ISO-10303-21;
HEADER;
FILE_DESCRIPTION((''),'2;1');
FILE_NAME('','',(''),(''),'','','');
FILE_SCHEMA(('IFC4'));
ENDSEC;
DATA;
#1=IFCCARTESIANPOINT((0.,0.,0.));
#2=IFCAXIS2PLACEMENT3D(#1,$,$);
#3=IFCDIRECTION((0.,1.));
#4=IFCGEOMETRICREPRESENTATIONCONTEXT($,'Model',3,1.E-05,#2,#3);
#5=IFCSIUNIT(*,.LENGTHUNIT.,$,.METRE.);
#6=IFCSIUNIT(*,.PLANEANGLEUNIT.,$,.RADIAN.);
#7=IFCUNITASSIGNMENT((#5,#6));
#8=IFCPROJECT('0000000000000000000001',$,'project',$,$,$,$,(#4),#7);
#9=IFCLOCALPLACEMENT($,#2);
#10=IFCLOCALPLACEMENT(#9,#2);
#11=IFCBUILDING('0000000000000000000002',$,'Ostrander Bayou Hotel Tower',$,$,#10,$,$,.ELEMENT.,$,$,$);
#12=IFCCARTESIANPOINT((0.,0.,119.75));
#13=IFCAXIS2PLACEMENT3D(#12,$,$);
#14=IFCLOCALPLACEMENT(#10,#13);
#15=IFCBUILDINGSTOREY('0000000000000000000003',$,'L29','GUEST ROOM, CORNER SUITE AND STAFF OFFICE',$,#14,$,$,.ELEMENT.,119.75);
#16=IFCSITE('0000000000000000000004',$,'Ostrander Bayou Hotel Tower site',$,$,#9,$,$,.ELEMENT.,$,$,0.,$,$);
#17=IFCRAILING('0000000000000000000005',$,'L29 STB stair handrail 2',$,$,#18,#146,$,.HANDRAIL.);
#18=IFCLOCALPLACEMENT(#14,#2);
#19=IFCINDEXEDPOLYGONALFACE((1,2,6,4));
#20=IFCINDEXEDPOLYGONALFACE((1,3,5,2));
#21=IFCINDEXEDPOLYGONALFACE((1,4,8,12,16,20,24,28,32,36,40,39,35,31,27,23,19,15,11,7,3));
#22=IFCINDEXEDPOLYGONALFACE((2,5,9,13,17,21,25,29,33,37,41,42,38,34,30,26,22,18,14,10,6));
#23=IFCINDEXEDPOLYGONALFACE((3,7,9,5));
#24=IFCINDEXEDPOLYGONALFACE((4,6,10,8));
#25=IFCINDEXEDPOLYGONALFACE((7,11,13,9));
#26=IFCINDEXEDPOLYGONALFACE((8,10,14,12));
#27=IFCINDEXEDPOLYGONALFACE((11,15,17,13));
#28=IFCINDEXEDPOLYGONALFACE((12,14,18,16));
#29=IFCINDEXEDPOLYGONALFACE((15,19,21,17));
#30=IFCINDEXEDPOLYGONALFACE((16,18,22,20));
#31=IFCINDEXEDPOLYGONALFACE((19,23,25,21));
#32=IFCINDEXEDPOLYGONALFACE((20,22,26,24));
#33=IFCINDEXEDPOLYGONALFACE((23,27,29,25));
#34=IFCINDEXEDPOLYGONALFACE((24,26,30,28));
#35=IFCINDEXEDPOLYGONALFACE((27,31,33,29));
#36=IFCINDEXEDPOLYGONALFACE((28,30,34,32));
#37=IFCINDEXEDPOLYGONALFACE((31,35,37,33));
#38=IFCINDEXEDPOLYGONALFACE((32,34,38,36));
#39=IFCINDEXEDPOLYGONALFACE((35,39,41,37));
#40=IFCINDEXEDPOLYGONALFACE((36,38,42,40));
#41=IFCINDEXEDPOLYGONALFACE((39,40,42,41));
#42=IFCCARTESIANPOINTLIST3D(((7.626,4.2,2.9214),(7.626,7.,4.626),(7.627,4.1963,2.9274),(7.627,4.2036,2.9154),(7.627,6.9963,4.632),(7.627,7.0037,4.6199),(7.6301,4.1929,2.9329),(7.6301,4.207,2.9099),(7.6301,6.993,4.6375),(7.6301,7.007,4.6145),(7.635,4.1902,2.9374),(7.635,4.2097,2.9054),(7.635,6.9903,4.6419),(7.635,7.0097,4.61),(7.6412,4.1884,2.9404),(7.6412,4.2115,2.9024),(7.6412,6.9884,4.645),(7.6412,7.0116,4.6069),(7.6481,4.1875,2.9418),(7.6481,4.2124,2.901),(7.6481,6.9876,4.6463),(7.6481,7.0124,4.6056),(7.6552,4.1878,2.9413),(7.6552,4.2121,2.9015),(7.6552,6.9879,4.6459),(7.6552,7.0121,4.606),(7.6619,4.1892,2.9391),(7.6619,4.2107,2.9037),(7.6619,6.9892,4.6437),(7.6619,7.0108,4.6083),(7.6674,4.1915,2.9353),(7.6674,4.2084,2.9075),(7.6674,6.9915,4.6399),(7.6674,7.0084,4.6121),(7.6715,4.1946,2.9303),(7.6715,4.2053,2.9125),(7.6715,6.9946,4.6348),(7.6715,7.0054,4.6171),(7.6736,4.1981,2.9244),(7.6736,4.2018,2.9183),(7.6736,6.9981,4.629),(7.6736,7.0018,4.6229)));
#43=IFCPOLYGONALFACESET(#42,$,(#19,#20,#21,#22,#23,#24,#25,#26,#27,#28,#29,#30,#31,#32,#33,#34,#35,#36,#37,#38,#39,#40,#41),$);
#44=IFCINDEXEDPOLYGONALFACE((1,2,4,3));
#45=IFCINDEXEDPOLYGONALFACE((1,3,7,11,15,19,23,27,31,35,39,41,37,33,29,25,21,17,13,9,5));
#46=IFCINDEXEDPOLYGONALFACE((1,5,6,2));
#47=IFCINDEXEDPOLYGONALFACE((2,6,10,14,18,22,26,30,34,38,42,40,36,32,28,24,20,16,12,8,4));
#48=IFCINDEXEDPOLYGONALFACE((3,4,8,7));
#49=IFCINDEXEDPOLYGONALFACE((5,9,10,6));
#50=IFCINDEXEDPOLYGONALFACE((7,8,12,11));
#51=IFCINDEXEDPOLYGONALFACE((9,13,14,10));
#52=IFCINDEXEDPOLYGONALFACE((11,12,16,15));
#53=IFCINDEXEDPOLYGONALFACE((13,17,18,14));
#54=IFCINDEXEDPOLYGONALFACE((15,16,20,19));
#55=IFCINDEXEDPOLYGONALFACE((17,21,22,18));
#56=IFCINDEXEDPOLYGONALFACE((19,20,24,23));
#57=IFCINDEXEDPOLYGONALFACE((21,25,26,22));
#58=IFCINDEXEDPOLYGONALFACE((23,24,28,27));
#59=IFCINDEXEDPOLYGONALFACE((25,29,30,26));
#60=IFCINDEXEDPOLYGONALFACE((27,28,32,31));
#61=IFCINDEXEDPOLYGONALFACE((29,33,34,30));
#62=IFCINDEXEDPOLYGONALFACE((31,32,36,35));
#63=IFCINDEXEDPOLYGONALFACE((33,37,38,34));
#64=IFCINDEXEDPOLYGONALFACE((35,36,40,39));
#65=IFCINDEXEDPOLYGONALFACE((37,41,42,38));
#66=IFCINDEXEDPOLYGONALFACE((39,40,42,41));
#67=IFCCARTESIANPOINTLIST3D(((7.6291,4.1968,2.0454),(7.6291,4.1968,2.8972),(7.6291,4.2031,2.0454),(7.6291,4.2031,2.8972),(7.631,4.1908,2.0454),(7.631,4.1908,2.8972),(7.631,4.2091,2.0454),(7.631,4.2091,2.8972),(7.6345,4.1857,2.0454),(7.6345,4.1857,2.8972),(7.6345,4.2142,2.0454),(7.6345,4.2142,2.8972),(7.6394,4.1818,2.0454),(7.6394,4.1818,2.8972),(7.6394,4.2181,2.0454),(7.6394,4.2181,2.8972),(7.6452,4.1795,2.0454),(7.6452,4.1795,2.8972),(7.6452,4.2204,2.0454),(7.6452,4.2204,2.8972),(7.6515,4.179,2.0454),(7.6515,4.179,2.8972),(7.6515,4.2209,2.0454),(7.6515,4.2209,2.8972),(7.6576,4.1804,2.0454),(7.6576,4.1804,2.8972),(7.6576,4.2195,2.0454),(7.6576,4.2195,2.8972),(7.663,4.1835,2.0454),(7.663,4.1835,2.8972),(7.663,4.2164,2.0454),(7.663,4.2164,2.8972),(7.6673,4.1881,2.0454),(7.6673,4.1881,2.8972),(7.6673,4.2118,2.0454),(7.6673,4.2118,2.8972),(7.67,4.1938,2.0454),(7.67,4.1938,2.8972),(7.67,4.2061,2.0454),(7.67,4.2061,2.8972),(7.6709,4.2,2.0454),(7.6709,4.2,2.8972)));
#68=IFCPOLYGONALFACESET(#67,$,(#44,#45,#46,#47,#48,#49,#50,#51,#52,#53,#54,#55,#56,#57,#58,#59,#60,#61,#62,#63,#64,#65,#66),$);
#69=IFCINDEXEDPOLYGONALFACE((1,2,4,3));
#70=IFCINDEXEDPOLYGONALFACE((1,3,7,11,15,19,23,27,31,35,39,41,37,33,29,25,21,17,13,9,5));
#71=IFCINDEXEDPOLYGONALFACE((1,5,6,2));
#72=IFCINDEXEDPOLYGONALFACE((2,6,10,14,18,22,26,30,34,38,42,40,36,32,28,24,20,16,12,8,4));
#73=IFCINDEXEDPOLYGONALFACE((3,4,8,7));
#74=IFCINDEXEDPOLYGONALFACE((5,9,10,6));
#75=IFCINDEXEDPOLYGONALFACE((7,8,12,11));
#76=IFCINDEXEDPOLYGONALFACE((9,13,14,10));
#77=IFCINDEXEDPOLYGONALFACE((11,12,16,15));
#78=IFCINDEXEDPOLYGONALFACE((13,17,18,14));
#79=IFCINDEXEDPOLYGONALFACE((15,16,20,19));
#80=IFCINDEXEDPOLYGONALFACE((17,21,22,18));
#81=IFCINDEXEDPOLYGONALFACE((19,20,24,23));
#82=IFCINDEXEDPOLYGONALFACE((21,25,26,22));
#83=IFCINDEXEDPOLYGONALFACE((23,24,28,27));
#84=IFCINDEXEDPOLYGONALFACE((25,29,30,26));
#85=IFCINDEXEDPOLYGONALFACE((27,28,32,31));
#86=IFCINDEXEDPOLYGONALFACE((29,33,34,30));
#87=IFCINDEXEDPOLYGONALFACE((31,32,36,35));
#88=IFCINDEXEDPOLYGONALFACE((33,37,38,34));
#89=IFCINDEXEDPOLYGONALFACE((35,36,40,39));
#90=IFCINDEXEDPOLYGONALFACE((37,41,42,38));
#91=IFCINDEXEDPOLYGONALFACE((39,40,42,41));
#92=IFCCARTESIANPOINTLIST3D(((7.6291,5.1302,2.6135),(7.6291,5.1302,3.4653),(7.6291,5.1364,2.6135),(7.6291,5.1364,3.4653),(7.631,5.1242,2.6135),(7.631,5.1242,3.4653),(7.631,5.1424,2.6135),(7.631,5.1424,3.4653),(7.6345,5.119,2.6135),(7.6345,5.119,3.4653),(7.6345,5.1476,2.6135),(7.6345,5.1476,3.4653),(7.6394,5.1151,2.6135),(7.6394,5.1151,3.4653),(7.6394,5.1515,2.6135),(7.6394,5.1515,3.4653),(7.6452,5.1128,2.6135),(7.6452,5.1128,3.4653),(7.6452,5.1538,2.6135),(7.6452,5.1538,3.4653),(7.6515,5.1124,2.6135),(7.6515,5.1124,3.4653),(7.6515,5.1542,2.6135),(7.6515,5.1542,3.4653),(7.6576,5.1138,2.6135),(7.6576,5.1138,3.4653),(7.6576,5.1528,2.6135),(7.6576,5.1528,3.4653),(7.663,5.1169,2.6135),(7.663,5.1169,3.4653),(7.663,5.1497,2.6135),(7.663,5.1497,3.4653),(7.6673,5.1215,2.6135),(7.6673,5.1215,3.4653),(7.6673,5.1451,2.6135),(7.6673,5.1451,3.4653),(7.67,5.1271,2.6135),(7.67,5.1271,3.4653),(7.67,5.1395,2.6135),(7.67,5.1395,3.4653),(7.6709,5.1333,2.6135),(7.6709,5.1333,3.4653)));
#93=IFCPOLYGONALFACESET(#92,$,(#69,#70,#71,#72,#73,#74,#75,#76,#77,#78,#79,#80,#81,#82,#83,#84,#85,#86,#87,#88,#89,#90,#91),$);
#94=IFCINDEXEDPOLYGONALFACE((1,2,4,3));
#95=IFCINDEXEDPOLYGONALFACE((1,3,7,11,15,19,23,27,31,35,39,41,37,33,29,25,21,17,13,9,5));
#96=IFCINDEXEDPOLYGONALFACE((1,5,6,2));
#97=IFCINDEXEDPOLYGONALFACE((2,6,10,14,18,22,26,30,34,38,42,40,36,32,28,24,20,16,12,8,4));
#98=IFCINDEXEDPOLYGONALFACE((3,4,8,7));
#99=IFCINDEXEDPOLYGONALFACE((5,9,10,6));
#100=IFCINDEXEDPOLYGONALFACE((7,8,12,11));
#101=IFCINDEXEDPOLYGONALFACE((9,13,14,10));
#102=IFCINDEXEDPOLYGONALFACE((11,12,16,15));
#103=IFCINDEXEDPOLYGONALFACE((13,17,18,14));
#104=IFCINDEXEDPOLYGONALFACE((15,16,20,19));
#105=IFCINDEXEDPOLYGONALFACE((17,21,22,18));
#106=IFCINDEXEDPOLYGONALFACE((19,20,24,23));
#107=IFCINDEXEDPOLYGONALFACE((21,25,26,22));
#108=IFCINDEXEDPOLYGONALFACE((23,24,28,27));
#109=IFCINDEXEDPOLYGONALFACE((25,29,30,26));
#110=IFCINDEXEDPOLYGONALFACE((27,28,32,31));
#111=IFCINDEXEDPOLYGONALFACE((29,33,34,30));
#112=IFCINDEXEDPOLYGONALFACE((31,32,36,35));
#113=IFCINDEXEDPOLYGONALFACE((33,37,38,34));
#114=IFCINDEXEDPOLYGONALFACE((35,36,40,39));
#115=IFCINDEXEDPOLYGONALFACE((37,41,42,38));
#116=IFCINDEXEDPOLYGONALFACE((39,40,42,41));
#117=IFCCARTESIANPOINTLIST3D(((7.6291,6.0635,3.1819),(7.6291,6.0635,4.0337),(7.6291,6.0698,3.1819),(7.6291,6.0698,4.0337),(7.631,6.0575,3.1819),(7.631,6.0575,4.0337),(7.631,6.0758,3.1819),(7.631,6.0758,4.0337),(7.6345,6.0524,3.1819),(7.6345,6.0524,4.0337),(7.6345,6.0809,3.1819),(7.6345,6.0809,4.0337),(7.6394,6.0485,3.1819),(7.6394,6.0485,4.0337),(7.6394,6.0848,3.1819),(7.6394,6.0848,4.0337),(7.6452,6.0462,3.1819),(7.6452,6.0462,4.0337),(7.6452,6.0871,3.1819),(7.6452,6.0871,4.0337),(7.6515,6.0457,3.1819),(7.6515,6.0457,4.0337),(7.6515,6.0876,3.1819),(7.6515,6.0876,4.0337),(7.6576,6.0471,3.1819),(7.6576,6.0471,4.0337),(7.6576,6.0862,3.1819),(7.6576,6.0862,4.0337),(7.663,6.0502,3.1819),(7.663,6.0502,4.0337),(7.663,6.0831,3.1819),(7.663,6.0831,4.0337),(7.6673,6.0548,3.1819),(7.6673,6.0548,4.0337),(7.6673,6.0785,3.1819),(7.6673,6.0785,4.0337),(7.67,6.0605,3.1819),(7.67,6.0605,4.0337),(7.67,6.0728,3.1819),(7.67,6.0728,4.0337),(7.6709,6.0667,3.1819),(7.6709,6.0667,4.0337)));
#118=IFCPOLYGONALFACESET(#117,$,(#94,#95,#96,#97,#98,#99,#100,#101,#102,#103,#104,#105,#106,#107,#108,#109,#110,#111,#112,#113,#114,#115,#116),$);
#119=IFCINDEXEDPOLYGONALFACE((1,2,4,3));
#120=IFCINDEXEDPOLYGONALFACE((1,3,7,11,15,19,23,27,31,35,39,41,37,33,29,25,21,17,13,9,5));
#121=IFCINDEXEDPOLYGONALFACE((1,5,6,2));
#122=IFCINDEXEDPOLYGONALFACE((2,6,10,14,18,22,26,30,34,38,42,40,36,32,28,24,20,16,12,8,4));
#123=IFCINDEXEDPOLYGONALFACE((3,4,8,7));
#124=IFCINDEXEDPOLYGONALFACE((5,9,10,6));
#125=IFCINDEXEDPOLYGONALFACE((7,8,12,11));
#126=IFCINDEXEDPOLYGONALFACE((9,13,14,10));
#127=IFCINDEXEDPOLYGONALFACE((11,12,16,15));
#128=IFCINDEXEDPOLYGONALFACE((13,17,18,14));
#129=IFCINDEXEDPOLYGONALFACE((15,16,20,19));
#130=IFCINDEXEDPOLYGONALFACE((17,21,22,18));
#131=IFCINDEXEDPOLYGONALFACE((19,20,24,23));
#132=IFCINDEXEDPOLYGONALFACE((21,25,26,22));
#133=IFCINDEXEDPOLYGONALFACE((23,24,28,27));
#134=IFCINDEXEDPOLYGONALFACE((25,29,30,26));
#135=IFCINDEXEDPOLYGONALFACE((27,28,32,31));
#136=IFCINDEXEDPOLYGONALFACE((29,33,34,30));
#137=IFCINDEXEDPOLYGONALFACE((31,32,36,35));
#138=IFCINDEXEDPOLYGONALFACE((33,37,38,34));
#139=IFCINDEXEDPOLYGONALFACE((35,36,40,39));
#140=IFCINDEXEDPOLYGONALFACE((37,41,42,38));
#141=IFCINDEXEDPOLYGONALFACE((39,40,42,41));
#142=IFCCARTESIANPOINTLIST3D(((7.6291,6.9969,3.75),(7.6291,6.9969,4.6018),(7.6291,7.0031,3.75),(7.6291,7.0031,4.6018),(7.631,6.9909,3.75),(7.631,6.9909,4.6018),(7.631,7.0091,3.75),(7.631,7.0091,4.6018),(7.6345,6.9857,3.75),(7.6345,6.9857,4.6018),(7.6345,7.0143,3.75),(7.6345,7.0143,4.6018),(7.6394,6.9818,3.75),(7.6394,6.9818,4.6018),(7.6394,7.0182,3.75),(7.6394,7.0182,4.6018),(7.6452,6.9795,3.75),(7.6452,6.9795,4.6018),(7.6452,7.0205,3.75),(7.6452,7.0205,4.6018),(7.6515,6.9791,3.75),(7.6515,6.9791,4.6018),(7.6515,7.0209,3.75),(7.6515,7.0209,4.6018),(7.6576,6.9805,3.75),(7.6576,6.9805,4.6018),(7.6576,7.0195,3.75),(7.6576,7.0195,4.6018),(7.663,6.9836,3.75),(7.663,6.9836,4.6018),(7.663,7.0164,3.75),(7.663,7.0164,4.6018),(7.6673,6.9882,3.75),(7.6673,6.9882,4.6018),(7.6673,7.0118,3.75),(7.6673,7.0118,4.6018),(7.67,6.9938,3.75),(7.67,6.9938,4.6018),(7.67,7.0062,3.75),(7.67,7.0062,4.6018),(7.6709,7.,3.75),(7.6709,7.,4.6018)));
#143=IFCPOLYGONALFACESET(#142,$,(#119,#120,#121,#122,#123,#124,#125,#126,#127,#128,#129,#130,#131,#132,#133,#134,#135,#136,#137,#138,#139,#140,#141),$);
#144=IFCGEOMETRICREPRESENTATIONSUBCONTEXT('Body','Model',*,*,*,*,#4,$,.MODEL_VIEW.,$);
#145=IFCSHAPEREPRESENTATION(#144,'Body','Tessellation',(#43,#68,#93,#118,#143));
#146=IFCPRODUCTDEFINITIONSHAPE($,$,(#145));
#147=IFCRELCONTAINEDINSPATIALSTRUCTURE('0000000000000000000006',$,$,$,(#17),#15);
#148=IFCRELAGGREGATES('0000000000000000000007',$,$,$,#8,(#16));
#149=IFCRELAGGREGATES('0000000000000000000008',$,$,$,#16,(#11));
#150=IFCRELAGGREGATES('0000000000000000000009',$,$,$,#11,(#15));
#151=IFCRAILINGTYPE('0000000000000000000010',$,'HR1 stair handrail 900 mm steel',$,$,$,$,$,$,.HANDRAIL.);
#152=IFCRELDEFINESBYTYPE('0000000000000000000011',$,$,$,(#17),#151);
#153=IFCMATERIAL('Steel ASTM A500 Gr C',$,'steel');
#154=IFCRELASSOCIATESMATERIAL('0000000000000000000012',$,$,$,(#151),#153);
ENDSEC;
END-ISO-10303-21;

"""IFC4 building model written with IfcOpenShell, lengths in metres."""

from ifc_helpers import new_model, si_unit, direction, frame, origin, origin_2d, place, context, subcontext, project, spatial, circle, extrude, material, type_object, element, save


model = new_model("IFC4")

# Units and contexts
model_context = context("Model", 3, precision=1e-05, world=origin(), true_north=direction((0.0, 1.0)))
body_context = subcontext(model_context, "Body", "Model", "MODEL_VIEW")
ifc_project = project(units=[si_unit("LENGTHUNIT", "METRE"), si_unit("PLANEANGLEUNIT", "RADIAN")], contexts=[model_context])

# Site, building, storey
site_placement = place(None, origin())
site = spatial("IfcSite", under=ifc_project, at=site_placement, Name="Ostrander Bayou Hotel Tower site", CompositionType="ELEMENT", RefElevation=0.0)
building_placement = place(site_placement, origin())
building = spatial("IfcBuilding", under=site, at=building_placement, Name="Ostrander Bayou Hotel Tower", CompositionType="ELEMENT")
storey_placement = place(building_placement, frame((0.0, 0.0, 119.75)))
storey = spatial("IfcBuildingStorey", under=building, at=storey_placement, Name="L29", Description="GUEST ROOM, CORNER SUITE AND STAFF OFFICE", CompositionType="ELEMENT", Elevation=119.75)

# Railing
ifc_material_1 = material(Name="Steel ASTM A500 Gr C", Category="steel")
railing_type_1 = type_object("IfcRailingType", Name="HR1 stair handrail 900 mm steel", PredefinedType="HANDRAIL", material=ifc_material_1)
railing_1_placement = place(storey_placement, frame((7.6499, 4.2, 2.0454)))
element("IfcRailing", 1, at=railing_1_placement, inside=storey, type_object=railing_type_1, Name="L29 STB stair handrail 2", PredefinedType="HANDRAIL", context=body_context, shape_type="SweptSolid", body=[
    extrude(circle(Radius=0.0239, at=origin_2d()), frame((0.0, 0.0, 0.876), z_axis=(0.0, 0.85417, 0.519994), x_axis=(-1.0, 0.0, 0.0)), (0.0, 0.0, 1.0), 3.2781),
    extrude(circle(Radius=0.021, at=origin_2d()), origin(), (0.0, 0.0, 1.0), 0.8518),
    extrude(circle(Radius=0.021, at=origin_2d()), frame((0.0, 0.9333, 0.5681)), (0.0, 0.0, 1.0), 0.8518),
    extrude(circle(Radius=0.021, at=origin_2d()), frame((0.0, 1.8667, 1.1365)), (0.0, 0.0, 1.0), 0.8518),
    extrude(circle(Radius=0.021, at=origin_2d()), frame((0.0, 2.8, 1.7046)), (0.0, 0.0, 1.0), 0.8518),
])

save(model, "model.ifc")
